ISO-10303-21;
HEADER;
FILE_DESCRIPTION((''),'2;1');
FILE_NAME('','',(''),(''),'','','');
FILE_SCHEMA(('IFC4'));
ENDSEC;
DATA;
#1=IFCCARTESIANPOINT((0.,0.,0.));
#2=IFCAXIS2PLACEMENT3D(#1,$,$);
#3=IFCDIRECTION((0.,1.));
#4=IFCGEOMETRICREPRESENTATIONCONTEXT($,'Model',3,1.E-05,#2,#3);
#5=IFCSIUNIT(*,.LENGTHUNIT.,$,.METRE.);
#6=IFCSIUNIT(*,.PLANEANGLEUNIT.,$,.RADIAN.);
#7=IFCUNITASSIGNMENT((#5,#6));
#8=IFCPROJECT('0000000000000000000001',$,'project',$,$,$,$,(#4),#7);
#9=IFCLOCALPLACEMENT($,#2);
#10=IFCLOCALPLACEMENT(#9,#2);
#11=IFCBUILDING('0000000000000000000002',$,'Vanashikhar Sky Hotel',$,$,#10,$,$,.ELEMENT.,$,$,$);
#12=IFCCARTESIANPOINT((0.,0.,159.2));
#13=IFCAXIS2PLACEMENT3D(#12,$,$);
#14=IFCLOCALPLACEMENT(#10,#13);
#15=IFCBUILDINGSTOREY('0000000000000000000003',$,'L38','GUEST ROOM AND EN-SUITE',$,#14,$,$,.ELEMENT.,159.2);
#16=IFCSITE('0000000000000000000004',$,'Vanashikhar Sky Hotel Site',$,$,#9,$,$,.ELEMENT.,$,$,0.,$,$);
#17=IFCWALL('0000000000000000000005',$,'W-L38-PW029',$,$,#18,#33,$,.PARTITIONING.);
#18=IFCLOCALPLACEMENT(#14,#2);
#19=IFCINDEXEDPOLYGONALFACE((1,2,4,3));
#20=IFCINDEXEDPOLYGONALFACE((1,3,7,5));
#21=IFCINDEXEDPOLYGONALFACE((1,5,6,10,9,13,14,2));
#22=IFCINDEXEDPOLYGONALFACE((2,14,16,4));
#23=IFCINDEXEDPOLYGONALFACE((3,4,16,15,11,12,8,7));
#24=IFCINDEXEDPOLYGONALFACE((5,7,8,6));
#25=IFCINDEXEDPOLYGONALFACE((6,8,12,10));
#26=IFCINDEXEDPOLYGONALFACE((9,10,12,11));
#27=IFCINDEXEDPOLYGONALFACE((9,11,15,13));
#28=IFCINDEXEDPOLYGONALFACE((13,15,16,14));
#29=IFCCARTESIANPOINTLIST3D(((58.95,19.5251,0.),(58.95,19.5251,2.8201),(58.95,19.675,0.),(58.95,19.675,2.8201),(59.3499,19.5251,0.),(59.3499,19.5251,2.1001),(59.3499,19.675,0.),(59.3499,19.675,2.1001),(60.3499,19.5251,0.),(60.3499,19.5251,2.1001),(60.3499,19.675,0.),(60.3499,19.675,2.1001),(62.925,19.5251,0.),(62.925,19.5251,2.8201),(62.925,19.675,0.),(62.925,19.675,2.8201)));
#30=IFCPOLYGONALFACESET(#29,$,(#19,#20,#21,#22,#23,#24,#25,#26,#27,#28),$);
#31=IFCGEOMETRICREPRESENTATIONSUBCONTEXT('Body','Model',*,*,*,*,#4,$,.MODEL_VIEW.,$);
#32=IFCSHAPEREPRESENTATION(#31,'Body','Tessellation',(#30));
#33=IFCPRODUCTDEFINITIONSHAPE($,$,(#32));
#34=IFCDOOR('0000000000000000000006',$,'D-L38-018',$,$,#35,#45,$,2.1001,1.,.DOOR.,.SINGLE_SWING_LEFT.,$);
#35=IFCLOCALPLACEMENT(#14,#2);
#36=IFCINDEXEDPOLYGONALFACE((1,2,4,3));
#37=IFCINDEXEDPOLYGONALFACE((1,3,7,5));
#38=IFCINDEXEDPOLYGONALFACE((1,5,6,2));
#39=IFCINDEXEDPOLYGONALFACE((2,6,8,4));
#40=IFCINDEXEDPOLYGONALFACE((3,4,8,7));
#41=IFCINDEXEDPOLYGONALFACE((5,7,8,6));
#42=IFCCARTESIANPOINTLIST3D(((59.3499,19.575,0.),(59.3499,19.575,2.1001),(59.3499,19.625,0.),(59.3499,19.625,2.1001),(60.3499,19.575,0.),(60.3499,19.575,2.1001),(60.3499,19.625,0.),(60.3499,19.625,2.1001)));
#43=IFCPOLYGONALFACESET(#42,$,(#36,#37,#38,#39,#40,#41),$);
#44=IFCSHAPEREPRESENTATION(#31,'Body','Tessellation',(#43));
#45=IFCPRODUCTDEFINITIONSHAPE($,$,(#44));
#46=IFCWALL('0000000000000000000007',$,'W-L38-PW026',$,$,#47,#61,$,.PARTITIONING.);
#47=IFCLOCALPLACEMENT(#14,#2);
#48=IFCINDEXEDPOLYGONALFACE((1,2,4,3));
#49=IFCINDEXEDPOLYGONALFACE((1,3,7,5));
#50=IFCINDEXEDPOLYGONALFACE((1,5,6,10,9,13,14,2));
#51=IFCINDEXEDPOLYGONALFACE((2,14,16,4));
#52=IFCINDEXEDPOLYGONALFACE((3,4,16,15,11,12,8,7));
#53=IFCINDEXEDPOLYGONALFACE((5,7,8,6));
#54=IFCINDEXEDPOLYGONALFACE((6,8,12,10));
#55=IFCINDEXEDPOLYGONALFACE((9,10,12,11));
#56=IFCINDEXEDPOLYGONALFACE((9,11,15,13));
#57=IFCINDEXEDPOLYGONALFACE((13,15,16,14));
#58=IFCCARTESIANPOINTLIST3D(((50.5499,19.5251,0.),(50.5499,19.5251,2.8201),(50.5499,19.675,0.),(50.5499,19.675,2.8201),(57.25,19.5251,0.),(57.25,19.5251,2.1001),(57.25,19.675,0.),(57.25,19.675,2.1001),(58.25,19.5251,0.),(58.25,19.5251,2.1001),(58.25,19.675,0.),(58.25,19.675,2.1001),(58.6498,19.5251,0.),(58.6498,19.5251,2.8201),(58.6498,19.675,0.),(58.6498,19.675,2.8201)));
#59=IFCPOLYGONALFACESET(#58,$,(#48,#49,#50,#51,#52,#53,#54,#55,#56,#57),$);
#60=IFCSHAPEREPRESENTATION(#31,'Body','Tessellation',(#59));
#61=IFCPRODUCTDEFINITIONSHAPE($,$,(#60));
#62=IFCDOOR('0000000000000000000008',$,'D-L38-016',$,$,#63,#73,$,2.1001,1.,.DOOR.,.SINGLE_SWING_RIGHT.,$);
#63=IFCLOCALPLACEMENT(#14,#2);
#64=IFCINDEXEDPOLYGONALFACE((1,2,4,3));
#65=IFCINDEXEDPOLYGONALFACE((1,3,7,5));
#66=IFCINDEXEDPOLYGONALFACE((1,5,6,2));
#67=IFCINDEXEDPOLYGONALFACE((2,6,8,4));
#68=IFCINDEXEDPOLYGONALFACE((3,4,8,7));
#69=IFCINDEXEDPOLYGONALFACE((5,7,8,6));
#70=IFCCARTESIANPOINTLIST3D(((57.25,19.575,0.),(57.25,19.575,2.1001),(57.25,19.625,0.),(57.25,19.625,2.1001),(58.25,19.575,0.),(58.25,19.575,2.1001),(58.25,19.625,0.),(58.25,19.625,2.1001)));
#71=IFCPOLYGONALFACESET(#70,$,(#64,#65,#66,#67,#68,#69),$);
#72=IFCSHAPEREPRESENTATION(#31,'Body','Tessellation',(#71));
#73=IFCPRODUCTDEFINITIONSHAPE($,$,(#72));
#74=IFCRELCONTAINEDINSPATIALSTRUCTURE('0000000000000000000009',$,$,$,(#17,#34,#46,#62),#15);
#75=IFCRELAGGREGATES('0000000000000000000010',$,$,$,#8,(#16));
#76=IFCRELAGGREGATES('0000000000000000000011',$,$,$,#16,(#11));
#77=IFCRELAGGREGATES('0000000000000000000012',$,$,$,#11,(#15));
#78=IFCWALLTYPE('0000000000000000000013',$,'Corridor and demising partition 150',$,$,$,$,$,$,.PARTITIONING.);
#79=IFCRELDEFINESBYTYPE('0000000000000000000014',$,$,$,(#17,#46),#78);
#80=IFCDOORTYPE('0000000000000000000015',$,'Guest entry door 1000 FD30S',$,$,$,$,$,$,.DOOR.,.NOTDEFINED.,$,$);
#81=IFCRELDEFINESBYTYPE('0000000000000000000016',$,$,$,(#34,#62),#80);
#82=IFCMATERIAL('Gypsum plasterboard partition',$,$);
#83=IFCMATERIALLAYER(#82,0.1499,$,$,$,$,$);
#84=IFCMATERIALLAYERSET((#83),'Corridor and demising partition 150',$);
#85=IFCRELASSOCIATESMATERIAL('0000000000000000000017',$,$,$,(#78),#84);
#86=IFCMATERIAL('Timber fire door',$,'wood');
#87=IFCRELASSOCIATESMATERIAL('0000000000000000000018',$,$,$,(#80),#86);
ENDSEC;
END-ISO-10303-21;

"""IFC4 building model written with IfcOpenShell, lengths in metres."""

from ifc_helpers import new_model, si_unit, direction, frame, frame_2d, origin, place, context, subcontext, project, spatial, rectangle, extrude, source, transform, mapped, material, layer, layer_set, type_object, element, fill, save


model = new_model("IFC4")

# Units and contexts
model_context = context("Model", 3, precision=1e-05, world=origin(), true_north=direction((0.0, 1.0)))
body_context = subcontext(model_context, "Body", "Model", "MODEL_VIEW")
ifc_project = project(units=[si_unit("LENGTHUNIT", "METRE"), si_unit("PLANEANGLEUNIT", "RADIAN")], contexts=[model_context])

# Site, building, storey
site_placement = place(None, origin())
site = spatial("IfcSite", under=ifc_project, at=site_placement, Name="Vanashikhar Sky Hotel Site", CompositionType="ELEMENT", RefElevation=0.0)
building_placement = place(site_placement, origin())
building = spatial("IfcBuilding", under=site, at=building_placement, Name="Vanashikhar Sky Hotel", CompositionType="ELEMENT")
storey_placement = place(building_placement, frame((0.0, 0.0, 159.2)))
storey = spatial("IfcBuildingStorey", under=building, at=storey_placement, Name="L38", Description="GUEST ROOM AND EN-SUITE", CompositionType="ELEMENT", Elevation=159.2)

# Shared definitions
ifc_material_1 = material(Name="Gypsum plasterboard partition")

# Walls, openings, doors
ifc_layer_1 = layer(ifc_material_1, 0.1499)
ifc_layer_set_1 = layer_set([ifc_layer_1], Name="Corridor and demising partition 150")
wall_type_1 = type_object("IfcWallType", Name="Corridor and demising partition 150", PredefinedType="PARTITIONING", material=ifc_layer_set_1)
shared_shape_1 = source(origin(), body_context, "Body", "SweptSolid", [
    extrude(rectangle(XDim=3.9751, YDim=0.1499, at=frame_2d((1.9875, 0.0))), origin(), (0.0, 0.0, 1.0), 2.8201),
])
wall_1_placement = place(storey_placement, frame((58.95, 19.6001, 0.0), z_axis=(0.0, 0.0, 1.0), x_axis=(1.0, 0.0, 0.0)))
wall_1 = element("IfcWall", 1, at=wall_1_placement, inside=storey, type_object=wall_type_1, Name="W-L38-PW029", PredefinedType="PARTITIONING", context=body_context, shape_type="MappedRepresentation", body=[
    mapped(shared_shape_1, transform((0.0, 0.0, 0.0), scale=1.0)),
])
shared_shape_2 = source(origin(), body_context, "Body", "SweptSolid", [
    extrude(rectangle(XDim=1.0, YDim=2.1001, at=frame_2d((0.5, 1.05))), frame((0.0, 0.085, 0.0), z_axis=(0.0, -1.0, 0.0), x_axis=(1.0, 0.0, 0.0)), (0.0, 0.0, 1.0), 0.1699),
])
opening_1_placement = place(wall_1_placement, frame((0.3999, 0.0, 0.0)))
opening_1 = element("IfcOpeningElement", 2, at=opening_1_placement, cuts=wall_1, PredefinedType="OPENING", context=body_context, shape_type="MappedRepresentation", body=[
    mapped(shared_shape_2, transform((0.0, 0.0, 0.0), scale=1.0)),
])
ifc_material_2 = material(Name="Timber fire door", Category="wood")
door_type_1 = type_object("IfcDoorType", Name="Guest entry door 1000 FD30S", OperationType="NOTDEFINED", PredefinedType="DOOR", material=ifc_material_2)
shared_shape_3 = source(origin(), body_context, "Body", "SweptSolid", [
    extrude(rectangle(XDim=1.0, YDim=2.1001, at=frame_2d((0.5, 1.05))), frame((0.0, 0.0249, 0.0), z_axis=(0.0, -1.0, 0.0), x_axis=(1.0, 0.0, 0.0)), (0.0, 0.0, 1.0), 0.05),
])
door_1_placement = place(opening_1_placement, origin())
door_1 = element("IfcDoor", 3, at=door_1_placement, inside=storey, type_object=door_type_1, Name="D-L38-018", OperationType="SINGLE_SWING_LEFT", OverallHeight=2.1001, OverallWidth=1.0, PredefinedType="DOOR", context=body_context, shape_type="MappedRepresentation", body=[
    mapped(shared_shape_3, transform((0.0, 0.0, 0.0), scale=1.0)),
])
fill(opening_1, door_1)
shared_shape_4 = source(origin(), body_context, "Body", "SweptSolid", [
    extrude(rectangle(XDim=8.0999, YDim=0.1499, at=frame_2d((4.0498, 0.0))), origin(), (0.0, 0.0, 1.0), 2.8201),
])
wall_2_placement = place(storey_placement, frame((50.55, 19.6001, 0.0), z_axis=(0.0, 0.0, 1.0), x_axis=(1.0, 0.0, 0.0)))
wall_2 = element("IfcWall", 4, at=wall_2_placement, inside=storey, type_object=wall_type_1, Name="W-L38-PW026", PredefinedType="PARTITIONING", context=body_context, shape_type="MappedRepresentation", body=[
    mapped(shared_shape_4, transform((0.0, 0.0, 0.0), scale=1.0)),
])
opening_2_placement = place(wall_2_placement, frame((6.7, 0.0, 0.0)))
opening_2 = element("IfcOpeningElement", 5, at=opening_2_placement, cuts=wall_2, PredefinedType="OPENING", context=body_context, shape_type="MappedRepresentation", body=[
    mapped(shared_shape_2, transform((0.0, 0.0, 0.0), scale=1.0)),
])
door_2_placement = place(opening_2_placement, origin())
door_2 = element("IfcDoor", 6, at=door_2_placement, inside=storey, type_object=door_type_1, Name="D-L38-016", OperationType="SINGLE_SWING_RIGHT", OverallHeight=2.1001, OverallWidth=1.0, PredefinedType="DOOR", context=body_context, shape_type="MappedRepresentation", body=[
    mapped(shared_shape_3, transform((0.0, 0.0, 0.0), scale=1.0)),
])
fill(opening_2, door_2)

save(model, "model.ifc")
